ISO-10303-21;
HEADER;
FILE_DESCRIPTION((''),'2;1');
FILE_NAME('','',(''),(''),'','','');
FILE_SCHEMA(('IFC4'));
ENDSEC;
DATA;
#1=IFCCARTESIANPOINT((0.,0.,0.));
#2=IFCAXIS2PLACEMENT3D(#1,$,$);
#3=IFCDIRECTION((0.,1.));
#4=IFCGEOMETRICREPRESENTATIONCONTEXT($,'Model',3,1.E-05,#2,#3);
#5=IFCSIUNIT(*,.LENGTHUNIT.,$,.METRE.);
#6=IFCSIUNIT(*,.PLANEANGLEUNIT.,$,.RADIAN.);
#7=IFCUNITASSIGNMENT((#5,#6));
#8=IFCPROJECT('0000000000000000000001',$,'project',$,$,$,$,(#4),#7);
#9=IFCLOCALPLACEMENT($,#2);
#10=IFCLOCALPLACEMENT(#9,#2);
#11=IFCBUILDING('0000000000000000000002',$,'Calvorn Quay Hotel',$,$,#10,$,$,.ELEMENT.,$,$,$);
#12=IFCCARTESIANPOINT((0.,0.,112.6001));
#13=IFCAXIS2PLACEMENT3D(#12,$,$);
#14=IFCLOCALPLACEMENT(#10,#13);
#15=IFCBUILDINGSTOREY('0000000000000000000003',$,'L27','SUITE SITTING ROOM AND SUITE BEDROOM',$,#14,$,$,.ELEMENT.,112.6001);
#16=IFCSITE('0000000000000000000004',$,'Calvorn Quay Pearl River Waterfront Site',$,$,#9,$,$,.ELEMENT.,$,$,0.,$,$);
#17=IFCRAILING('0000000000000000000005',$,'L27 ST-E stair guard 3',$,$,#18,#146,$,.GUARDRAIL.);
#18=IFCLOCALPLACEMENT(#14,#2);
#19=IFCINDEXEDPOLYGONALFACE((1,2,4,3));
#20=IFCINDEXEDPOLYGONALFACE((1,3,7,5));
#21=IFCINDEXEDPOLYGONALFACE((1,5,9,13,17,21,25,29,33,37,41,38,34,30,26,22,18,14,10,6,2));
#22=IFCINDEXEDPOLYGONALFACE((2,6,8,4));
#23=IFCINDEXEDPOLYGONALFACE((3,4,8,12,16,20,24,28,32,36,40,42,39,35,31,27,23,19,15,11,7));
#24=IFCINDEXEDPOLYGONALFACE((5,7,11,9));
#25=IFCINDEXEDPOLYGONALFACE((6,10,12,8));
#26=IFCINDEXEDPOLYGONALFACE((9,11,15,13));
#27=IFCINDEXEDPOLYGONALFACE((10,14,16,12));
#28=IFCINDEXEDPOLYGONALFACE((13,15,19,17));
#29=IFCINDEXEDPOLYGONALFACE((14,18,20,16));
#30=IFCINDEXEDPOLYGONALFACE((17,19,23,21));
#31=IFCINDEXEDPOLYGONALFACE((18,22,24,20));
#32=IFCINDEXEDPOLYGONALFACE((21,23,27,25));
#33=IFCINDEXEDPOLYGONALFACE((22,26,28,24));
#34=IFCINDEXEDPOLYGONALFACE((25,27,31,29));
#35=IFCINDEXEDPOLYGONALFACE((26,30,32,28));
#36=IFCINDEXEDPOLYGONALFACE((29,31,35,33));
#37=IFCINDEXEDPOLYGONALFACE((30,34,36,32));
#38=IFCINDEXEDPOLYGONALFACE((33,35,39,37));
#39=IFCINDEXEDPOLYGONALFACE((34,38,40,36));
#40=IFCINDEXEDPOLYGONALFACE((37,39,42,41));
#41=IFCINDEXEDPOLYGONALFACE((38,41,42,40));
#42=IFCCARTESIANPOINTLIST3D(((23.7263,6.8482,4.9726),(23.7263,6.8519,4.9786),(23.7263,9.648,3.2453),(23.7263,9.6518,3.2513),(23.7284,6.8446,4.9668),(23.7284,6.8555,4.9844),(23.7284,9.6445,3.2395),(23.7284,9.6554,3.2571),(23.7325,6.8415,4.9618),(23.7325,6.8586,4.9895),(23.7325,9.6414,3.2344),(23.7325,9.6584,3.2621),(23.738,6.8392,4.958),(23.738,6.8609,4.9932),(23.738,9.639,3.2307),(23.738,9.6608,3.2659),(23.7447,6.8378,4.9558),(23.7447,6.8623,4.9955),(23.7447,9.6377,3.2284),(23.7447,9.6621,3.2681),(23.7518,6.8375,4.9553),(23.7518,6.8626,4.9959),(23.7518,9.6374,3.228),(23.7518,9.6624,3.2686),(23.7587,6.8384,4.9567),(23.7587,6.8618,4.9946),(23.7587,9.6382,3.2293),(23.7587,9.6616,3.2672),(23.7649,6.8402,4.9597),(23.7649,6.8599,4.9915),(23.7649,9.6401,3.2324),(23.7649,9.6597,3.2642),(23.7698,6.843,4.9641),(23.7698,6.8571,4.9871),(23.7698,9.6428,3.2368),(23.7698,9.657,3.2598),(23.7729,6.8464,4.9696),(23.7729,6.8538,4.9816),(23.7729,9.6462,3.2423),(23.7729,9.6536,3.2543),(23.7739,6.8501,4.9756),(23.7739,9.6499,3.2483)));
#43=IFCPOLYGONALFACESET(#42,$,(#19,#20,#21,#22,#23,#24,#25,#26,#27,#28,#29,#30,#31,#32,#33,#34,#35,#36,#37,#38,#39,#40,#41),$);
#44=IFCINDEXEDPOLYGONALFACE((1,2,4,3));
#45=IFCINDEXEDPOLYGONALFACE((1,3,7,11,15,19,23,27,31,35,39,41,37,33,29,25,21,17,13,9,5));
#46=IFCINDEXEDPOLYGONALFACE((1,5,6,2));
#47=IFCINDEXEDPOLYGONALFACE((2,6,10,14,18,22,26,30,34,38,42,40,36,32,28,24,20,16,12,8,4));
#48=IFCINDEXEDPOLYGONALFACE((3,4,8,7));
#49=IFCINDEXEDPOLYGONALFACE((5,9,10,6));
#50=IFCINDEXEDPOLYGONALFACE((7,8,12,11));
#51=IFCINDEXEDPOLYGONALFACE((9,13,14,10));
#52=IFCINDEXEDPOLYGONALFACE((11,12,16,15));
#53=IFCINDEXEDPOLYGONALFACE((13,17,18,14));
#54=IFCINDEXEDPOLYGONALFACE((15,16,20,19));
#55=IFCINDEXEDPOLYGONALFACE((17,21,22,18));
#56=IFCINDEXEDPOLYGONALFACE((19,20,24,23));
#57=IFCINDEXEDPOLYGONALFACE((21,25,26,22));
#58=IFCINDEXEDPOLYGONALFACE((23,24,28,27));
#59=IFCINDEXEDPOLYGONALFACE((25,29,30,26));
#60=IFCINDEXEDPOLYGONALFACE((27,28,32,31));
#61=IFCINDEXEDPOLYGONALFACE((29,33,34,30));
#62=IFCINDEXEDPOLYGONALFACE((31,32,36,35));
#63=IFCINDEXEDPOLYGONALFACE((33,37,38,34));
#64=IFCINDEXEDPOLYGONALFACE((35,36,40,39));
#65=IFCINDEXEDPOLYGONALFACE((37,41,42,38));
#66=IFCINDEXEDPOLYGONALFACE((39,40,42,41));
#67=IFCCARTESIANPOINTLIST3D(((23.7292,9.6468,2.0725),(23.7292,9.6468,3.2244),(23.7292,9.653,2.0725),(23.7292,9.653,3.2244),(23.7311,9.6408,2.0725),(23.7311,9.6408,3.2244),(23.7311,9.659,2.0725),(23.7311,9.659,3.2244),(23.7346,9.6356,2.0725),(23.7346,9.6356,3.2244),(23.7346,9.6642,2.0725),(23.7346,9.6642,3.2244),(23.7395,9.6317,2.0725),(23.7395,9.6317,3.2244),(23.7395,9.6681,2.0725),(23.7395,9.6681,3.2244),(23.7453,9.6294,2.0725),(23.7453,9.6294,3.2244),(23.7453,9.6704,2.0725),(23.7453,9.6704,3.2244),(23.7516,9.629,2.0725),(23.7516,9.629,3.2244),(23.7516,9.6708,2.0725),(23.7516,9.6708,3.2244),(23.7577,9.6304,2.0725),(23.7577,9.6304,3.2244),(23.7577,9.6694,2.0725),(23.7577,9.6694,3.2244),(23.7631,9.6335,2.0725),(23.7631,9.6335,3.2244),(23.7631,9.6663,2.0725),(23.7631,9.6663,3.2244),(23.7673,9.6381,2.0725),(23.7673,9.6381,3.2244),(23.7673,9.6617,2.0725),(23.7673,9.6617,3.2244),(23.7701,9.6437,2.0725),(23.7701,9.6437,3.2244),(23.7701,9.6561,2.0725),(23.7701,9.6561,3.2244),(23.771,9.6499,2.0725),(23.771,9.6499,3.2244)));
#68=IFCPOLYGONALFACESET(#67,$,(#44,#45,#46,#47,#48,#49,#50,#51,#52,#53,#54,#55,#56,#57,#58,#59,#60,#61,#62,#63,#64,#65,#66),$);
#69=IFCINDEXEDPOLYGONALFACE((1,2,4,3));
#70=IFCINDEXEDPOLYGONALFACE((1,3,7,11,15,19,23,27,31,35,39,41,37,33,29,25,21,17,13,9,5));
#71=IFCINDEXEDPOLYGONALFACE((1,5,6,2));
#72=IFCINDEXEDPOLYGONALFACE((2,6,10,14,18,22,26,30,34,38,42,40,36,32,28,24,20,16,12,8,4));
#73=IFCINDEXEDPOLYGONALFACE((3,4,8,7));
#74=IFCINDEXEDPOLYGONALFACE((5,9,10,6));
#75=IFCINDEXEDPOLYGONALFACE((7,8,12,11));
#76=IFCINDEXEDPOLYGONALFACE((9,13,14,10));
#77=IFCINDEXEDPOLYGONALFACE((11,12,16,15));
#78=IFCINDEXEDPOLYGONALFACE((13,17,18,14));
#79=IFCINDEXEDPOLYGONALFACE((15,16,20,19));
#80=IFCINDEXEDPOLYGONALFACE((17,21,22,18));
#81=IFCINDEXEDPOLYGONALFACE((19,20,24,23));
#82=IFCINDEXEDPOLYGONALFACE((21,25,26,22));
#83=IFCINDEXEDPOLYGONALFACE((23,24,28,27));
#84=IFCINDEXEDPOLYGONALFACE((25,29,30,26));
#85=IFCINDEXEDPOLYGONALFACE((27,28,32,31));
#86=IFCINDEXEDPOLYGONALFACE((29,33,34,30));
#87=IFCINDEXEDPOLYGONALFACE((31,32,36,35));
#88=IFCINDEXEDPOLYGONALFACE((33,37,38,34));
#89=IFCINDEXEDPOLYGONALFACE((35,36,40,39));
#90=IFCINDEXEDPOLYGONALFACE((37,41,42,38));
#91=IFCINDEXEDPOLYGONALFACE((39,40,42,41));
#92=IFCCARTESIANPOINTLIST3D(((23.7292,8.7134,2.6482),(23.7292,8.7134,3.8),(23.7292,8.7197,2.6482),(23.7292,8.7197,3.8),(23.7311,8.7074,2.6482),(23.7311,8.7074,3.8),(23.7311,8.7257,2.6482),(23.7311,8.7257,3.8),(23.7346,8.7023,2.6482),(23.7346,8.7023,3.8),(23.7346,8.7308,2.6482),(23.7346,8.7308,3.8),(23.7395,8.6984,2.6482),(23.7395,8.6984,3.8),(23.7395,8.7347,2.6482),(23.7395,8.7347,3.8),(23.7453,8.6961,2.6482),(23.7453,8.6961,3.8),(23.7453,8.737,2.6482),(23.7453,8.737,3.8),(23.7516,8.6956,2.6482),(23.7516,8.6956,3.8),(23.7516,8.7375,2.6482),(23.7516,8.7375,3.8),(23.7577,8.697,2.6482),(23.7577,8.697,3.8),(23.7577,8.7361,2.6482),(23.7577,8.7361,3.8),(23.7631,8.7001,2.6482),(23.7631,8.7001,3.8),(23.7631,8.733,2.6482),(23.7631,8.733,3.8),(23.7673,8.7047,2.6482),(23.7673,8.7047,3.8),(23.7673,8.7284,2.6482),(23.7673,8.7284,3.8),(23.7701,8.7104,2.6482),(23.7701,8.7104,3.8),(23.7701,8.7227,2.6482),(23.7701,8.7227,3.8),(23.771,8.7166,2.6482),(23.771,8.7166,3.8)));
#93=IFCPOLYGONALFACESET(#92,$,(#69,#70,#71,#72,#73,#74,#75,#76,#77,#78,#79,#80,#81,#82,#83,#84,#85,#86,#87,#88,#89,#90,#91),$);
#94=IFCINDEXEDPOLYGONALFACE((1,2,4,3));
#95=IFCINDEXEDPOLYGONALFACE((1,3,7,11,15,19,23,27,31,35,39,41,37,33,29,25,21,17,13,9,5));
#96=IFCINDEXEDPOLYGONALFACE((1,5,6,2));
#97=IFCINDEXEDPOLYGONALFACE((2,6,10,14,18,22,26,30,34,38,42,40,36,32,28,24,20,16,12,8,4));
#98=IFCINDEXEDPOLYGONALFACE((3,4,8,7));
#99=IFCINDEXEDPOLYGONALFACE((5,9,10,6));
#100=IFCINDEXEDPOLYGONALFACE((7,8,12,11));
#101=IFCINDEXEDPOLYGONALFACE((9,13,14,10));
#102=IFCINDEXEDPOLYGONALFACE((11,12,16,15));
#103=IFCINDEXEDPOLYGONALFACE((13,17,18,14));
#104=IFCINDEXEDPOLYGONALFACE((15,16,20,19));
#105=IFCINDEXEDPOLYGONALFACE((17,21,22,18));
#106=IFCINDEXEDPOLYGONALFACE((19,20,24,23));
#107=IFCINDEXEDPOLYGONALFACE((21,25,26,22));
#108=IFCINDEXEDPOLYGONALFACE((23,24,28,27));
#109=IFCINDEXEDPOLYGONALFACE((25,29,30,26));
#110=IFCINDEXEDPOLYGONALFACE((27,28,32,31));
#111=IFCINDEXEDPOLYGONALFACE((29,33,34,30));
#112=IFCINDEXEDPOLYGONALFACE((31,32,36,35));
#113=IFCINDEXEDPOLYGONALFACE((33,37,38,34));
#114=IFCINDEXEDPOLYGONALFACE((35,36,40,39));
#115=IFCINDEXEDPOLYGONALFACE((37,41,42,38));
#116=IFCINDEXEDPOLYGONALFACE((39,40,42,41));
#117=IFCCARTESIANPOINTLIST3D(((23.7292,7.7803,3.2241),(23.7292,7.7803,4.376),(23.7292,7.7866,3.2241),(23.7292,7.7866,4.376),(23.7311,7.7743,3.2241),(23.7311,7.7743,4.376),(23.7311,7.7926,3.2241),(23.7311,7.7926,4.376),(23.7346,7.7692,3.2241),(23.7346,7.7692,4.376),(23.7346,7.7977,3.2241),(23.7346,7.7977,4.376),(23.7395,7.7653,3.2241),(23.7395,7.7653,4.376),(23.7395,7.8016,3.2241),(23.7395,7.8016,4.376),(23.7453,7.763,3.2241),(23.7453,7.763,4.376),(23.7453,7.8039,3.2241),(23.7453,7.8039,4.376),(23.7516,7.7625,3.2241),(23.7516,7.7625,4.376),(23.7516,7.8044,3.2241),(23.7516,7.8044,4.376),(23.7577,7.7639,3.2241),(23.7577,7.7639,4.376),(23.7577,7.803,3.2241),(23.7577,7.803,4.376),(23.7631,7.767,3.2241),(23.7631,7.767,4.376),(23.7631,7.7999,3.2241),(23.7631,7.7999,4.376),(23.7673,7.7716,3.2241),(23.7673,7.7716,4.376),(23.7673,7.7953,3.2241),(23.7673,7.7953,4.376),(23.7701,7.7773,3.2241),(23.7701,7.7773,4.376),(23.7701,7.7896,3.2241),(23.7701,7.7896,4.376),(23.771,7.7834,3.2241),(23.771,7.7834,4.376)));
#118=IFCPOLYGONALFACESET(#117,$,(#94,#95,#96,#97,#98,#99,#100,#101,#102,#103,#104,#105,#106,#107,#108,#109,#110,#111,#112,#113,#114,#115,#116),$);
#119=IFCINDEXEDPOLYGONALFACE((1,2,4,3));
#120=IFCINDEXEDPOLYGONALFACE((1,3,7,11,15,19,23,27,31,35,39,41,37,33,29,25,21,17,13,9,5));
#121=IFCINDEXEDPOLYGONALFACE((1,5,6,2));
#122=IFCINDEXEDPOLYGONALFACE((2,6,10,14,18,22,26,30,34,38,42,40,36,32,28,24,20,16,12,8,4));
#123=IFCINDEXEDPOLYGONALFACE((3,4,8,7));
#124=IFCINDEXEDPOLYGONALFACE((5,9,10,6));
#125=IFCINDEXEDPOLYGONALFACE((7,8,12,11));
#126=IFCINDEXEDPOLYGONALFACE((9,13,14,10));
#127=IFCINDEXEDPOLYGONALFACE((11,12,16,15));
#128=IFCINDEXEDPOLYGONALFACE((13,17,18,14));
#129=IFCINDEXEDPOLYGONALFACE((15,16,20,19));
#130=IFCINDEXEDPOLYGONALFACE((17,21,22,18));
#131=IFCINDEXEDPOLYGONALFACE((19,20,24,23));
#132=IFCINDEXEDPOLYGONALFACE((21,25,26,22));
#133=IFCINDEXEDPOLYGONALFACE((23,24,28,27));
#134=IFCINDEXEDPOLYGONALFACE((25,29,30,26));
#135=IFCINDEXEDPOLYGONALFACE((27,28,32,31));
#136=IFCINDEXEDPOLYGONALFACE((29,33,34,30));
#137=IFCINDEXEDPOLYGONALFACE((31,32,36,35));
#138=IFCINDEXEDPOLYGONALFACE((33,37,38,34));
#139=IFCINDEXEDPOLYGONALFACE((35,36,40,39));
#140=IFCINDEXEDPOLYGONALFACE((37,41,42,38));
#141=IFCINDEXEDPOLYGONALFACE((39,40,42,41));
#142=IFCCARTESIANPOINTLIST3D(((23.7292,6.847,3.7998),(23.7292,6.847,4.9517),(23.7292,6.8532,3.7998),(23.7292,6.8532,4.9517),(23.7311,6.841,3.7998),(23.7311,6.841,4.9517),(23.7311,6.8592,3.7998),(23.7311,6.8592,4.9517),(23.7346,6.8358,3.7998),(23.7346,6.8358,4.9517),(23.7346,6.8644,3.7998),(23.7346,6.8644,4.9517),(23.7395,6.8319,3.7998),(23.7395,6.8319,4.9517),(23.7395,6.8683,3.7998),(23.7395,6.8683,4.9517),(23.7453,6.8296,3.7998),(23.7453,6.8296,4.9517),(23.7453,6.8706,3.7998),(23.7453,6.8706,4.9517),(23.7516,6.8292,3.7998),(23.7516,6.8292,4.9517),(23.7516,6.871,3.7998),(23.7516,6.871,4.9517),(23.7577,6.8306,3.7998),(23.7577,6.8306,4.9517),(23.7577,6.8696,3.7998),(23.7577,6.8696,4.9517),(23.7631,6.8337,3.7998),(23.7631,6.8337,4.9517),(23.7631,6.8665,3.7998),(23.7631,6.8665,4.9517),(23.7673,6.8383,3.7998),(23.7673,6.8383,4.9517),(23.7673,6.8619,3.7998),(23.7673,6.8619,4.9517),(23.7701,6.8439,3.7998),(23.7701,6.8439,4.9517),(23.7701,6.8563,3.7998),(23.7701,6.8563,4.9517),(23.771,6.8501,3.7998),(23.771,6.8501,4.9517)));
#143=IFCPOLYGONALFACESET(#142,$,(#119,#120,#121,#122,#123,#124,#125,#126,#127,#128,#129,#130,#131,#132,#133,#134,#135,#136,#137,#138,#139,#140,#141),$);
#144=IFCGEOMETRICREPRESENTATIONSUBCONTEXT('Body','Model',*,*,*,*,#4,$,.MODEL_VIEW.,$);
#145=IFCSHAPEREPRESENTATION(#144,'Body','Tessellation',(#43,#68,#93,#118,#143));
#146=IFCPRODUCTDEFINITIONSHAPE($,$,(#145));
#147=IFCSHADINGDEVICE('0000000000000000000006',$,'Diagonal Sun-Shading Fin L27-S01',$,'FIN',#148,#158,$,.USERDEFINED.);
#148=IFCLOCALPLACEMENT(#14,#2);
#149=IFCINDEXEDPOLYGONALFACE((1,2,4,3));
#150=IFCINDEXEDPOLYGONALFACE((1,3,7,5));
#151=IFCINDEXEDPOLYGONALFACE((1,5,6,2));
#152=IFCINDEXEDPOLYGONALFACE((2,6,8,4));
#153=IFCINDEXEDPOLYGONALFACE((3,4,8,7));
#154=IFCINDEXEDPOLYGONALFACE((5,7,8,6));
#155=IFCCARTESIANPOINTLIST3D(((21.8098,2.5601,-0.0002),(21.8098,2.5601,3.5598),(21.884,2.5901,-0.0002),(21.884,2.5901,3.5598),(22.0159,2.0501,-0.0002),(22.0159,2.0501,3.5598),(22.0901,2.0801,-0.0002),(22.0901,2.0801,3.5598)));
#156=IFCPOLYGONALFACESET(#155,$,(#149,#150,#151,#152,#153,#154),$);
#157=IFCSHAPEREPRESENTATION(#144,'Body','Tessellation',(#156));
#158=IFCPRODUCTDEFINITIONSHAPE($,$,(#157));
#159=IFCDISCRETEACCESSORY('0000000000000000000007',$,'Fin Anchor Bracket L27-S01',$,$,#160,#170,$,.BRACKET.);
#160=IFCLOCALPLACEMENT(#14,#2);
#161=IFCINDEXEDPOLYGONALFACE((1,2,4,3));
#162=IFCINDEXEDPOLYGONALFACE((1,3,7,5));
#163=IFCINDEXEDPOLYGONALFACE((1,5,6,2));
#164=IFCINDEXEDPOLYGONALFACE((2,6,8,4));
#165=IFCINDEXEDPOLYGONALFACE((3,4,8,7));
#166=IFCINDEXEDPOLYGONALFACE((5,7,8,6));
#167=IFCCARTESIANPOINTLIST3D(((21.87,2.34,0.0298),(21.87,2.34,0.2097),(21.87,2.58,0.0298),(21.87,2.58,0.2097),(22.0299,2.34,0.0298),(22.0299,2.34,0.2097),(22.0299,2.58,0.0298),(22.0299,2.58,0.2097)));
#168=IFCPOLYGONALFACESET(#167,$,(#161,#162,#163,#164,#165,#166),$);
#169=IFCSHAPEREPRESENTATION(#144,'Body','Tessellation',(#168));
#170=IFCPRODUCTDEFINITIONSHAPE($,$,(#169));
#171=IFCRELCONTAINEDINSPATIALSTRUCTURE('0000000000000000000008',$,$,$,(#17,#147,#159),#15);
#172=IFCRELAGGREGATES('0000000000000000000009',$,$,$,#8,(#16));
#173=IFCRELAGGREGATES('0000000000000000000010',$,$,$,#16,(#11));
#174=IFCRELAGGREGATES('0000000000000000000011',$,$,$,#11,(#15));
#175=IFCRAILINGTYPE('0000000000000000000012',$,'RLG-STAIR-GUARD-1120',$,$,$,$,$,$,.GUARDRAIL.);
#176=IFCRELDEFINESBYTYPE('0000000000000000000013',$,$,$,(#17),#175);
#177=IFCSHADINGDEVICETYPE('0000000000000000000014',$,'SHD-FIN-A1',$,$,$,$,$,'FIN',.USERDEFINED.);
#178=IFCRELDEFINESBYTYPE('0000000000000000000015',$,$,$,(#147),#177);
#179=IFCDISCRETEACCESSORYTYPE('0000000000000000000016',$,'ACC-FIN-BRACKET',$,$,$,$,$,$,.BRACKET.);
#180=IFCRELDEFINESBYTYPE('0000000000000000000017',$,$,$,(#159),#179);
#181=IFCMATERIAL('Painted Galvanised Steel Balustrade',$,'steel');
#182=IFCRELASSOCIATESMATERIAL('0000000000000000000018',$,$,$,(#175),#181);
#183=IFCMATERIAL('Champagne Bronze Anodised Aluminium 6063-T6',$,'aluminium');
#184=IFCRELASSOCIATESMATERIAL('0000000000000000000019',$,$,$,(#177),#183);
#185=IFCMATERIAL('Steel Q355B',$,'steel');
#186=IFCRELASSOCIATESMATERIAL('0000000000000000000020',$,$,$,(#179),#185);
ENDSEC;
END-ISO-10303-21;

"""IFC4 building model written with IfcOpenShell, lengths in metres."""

from ifc_helpers import new_model, si_unit, direction, frame, origin, origin_2d, place, context, subcontext, project, spatial, rectangle, circle, extrude, material, type_object, element, save


model = new_model("IFC4")

# Units and contexts
model_context = context("Model", 3, precision=1e-05, world=origin(), true_north=direction((0.0, 1.0)))
body_context = subcontext(model_context, "Body", "Model", "MODEL_VIEW")
ifc_project = project(units=[si_unit("LENGTHUNIT", "METRE"), si_unit("PLANEANGLEUNIT", "RADIAN")], contexts=[model_context])

# Site, building, storey
site_placement = place(None, origin())
site = spatial("IfcSite", under=ifc_project, at=site_placement, Name="Calvorn Quay Pearl River Waterfront Site", CompositionType="ELEMENT", RefElevation=0.0)
building_placement = place(site_placement, origin())
building = spatial("IfcBuilding", under=site, at=building_placement, Name="Calvorn Quay Hotel", CompositionType="ELEMENT")
storey_placement = place(building_placement, frame((0.0, 0.0, 112.6001)))
storey = spatial("IfcBuildingStorey", under=building, at=storey_placement, Name="L27", Description="SUITE SITTING ROOM AND SUITE BEDROOM", CompositionType="ELEMENT", Elevation=112.6001)

# Railing
ifc_material_1 = material(Name="Painted Galvanised Steel Balustrade", Category="steel")
railing_type_1 = type_object("IfcRailingType", Name="RLG-STAIR-GUARD-1120", PredefinedType="GUARDRAIL", material=ifc_material_1)
railing_1_placement = place(storey_placement, frame((23.75, 9.6499, 2.0725)))
element("IfcRailing", 1, at=railing_1_placement, inside=storey, type_object=railing_type_1, Name="L27 ST-E stair guard 3", PredefinedType="GUARDRAIL", context=body_context, shape_type="SweptSolid", body=[
    extrude(circle(Radius=0.0239, at=origin_2d()), frame((0.0, 0.0, 1.1758), z_axis=(0.0, -0.851069, 0.525054), x_axis=(1.0, 0.0, 0.0)), (0.0, 0.0, 1.0), 3.2898),
    extrude(circle(Radius=0.021, at=origin_2d()), origin(), (0.0, 0.0, 1.0), 1.1519),
    extrude(circle(Radius=0.021, at=origin_2d()), frame((0.0, -0.9333, 0.5757)), (0.0, 0.0, 1.0), 1.1519),
    extrude(circle(Radius=0.021, at=origin_2d()), frame((0.0, -1.8665, 1.1516)), (0.0, 0.0, 1.0), 1.1519),
    extrude(circle(Radius=0.021, at=origin_2d()), frame((0.0, -2.7998, 1.7273)), (0.0, 0.0, 1.0), 1.1519),
])

# Shading device
ifc_material_2 = material(Name="Champagne Bronze Anodised Aluminium 6063-T6", Category="aluminium")
shading_device_type = type_object("IfcShadingDeviceType", Name="SHD-FIN-A1", ElementType="FIN", PredefinedType="USERDEFINED", material=ifc_material_2)
shading_device_placement = place(storey_placement, frame((21.95, 2.3201, -0.0002), z_axis=(0.0, 0.0, 1.0), x_axis=(-0.374607, 0.927184, 0.0)))
element("IfcShadingDevice", 2, at=shading_device_placement, inside=storey, type_object=shading_device_type, Name="Diagonal Sun-Shading Fin L27-S01", ObjectType="FIN", PredefinedType="USERDEFINED", context=body_context, shape_type="SweptSolid", body=[
    extrude(rectangle(XDim=0.55, YDim=0.0801, at=origin_2d()), origin(), (0.0, 0.0, 1.0), 3.5601),
])

# Discrete accessory
ifc_material_3 = material(Name="Steel Q355B", Category="steel")
discrete_accessory_type = type_object("IfcDiscreteAccessoryType", Name="ACC-FIN-BRACKET", PredefinedType="BRACKET", material=ifc_material_3)
discrete_accessory_placement = place(storey_placement, frame((21.95, 2.46, 0.0298), z_axis=(0.0, 0.0, 1.0), x_axis=(0.0, 1.0, 0.0)))
element("IfcDiscreteAccessory", 3, at=discrete_accessory_placement, inside=storey, type_object=discrete_accessory_type, Name="Fin Anchor Bracket L27-S01", PredefinedType="BRACKET", context=body_context, shape_type="SweptSolid", body=[
    extrude(rectangle(XDim=0.24, YDim=0.1599, at=origin_2d()), origin(), (0.0, 0.0, 1.0), 0.1799),
])

save(model, "model.ifc")
